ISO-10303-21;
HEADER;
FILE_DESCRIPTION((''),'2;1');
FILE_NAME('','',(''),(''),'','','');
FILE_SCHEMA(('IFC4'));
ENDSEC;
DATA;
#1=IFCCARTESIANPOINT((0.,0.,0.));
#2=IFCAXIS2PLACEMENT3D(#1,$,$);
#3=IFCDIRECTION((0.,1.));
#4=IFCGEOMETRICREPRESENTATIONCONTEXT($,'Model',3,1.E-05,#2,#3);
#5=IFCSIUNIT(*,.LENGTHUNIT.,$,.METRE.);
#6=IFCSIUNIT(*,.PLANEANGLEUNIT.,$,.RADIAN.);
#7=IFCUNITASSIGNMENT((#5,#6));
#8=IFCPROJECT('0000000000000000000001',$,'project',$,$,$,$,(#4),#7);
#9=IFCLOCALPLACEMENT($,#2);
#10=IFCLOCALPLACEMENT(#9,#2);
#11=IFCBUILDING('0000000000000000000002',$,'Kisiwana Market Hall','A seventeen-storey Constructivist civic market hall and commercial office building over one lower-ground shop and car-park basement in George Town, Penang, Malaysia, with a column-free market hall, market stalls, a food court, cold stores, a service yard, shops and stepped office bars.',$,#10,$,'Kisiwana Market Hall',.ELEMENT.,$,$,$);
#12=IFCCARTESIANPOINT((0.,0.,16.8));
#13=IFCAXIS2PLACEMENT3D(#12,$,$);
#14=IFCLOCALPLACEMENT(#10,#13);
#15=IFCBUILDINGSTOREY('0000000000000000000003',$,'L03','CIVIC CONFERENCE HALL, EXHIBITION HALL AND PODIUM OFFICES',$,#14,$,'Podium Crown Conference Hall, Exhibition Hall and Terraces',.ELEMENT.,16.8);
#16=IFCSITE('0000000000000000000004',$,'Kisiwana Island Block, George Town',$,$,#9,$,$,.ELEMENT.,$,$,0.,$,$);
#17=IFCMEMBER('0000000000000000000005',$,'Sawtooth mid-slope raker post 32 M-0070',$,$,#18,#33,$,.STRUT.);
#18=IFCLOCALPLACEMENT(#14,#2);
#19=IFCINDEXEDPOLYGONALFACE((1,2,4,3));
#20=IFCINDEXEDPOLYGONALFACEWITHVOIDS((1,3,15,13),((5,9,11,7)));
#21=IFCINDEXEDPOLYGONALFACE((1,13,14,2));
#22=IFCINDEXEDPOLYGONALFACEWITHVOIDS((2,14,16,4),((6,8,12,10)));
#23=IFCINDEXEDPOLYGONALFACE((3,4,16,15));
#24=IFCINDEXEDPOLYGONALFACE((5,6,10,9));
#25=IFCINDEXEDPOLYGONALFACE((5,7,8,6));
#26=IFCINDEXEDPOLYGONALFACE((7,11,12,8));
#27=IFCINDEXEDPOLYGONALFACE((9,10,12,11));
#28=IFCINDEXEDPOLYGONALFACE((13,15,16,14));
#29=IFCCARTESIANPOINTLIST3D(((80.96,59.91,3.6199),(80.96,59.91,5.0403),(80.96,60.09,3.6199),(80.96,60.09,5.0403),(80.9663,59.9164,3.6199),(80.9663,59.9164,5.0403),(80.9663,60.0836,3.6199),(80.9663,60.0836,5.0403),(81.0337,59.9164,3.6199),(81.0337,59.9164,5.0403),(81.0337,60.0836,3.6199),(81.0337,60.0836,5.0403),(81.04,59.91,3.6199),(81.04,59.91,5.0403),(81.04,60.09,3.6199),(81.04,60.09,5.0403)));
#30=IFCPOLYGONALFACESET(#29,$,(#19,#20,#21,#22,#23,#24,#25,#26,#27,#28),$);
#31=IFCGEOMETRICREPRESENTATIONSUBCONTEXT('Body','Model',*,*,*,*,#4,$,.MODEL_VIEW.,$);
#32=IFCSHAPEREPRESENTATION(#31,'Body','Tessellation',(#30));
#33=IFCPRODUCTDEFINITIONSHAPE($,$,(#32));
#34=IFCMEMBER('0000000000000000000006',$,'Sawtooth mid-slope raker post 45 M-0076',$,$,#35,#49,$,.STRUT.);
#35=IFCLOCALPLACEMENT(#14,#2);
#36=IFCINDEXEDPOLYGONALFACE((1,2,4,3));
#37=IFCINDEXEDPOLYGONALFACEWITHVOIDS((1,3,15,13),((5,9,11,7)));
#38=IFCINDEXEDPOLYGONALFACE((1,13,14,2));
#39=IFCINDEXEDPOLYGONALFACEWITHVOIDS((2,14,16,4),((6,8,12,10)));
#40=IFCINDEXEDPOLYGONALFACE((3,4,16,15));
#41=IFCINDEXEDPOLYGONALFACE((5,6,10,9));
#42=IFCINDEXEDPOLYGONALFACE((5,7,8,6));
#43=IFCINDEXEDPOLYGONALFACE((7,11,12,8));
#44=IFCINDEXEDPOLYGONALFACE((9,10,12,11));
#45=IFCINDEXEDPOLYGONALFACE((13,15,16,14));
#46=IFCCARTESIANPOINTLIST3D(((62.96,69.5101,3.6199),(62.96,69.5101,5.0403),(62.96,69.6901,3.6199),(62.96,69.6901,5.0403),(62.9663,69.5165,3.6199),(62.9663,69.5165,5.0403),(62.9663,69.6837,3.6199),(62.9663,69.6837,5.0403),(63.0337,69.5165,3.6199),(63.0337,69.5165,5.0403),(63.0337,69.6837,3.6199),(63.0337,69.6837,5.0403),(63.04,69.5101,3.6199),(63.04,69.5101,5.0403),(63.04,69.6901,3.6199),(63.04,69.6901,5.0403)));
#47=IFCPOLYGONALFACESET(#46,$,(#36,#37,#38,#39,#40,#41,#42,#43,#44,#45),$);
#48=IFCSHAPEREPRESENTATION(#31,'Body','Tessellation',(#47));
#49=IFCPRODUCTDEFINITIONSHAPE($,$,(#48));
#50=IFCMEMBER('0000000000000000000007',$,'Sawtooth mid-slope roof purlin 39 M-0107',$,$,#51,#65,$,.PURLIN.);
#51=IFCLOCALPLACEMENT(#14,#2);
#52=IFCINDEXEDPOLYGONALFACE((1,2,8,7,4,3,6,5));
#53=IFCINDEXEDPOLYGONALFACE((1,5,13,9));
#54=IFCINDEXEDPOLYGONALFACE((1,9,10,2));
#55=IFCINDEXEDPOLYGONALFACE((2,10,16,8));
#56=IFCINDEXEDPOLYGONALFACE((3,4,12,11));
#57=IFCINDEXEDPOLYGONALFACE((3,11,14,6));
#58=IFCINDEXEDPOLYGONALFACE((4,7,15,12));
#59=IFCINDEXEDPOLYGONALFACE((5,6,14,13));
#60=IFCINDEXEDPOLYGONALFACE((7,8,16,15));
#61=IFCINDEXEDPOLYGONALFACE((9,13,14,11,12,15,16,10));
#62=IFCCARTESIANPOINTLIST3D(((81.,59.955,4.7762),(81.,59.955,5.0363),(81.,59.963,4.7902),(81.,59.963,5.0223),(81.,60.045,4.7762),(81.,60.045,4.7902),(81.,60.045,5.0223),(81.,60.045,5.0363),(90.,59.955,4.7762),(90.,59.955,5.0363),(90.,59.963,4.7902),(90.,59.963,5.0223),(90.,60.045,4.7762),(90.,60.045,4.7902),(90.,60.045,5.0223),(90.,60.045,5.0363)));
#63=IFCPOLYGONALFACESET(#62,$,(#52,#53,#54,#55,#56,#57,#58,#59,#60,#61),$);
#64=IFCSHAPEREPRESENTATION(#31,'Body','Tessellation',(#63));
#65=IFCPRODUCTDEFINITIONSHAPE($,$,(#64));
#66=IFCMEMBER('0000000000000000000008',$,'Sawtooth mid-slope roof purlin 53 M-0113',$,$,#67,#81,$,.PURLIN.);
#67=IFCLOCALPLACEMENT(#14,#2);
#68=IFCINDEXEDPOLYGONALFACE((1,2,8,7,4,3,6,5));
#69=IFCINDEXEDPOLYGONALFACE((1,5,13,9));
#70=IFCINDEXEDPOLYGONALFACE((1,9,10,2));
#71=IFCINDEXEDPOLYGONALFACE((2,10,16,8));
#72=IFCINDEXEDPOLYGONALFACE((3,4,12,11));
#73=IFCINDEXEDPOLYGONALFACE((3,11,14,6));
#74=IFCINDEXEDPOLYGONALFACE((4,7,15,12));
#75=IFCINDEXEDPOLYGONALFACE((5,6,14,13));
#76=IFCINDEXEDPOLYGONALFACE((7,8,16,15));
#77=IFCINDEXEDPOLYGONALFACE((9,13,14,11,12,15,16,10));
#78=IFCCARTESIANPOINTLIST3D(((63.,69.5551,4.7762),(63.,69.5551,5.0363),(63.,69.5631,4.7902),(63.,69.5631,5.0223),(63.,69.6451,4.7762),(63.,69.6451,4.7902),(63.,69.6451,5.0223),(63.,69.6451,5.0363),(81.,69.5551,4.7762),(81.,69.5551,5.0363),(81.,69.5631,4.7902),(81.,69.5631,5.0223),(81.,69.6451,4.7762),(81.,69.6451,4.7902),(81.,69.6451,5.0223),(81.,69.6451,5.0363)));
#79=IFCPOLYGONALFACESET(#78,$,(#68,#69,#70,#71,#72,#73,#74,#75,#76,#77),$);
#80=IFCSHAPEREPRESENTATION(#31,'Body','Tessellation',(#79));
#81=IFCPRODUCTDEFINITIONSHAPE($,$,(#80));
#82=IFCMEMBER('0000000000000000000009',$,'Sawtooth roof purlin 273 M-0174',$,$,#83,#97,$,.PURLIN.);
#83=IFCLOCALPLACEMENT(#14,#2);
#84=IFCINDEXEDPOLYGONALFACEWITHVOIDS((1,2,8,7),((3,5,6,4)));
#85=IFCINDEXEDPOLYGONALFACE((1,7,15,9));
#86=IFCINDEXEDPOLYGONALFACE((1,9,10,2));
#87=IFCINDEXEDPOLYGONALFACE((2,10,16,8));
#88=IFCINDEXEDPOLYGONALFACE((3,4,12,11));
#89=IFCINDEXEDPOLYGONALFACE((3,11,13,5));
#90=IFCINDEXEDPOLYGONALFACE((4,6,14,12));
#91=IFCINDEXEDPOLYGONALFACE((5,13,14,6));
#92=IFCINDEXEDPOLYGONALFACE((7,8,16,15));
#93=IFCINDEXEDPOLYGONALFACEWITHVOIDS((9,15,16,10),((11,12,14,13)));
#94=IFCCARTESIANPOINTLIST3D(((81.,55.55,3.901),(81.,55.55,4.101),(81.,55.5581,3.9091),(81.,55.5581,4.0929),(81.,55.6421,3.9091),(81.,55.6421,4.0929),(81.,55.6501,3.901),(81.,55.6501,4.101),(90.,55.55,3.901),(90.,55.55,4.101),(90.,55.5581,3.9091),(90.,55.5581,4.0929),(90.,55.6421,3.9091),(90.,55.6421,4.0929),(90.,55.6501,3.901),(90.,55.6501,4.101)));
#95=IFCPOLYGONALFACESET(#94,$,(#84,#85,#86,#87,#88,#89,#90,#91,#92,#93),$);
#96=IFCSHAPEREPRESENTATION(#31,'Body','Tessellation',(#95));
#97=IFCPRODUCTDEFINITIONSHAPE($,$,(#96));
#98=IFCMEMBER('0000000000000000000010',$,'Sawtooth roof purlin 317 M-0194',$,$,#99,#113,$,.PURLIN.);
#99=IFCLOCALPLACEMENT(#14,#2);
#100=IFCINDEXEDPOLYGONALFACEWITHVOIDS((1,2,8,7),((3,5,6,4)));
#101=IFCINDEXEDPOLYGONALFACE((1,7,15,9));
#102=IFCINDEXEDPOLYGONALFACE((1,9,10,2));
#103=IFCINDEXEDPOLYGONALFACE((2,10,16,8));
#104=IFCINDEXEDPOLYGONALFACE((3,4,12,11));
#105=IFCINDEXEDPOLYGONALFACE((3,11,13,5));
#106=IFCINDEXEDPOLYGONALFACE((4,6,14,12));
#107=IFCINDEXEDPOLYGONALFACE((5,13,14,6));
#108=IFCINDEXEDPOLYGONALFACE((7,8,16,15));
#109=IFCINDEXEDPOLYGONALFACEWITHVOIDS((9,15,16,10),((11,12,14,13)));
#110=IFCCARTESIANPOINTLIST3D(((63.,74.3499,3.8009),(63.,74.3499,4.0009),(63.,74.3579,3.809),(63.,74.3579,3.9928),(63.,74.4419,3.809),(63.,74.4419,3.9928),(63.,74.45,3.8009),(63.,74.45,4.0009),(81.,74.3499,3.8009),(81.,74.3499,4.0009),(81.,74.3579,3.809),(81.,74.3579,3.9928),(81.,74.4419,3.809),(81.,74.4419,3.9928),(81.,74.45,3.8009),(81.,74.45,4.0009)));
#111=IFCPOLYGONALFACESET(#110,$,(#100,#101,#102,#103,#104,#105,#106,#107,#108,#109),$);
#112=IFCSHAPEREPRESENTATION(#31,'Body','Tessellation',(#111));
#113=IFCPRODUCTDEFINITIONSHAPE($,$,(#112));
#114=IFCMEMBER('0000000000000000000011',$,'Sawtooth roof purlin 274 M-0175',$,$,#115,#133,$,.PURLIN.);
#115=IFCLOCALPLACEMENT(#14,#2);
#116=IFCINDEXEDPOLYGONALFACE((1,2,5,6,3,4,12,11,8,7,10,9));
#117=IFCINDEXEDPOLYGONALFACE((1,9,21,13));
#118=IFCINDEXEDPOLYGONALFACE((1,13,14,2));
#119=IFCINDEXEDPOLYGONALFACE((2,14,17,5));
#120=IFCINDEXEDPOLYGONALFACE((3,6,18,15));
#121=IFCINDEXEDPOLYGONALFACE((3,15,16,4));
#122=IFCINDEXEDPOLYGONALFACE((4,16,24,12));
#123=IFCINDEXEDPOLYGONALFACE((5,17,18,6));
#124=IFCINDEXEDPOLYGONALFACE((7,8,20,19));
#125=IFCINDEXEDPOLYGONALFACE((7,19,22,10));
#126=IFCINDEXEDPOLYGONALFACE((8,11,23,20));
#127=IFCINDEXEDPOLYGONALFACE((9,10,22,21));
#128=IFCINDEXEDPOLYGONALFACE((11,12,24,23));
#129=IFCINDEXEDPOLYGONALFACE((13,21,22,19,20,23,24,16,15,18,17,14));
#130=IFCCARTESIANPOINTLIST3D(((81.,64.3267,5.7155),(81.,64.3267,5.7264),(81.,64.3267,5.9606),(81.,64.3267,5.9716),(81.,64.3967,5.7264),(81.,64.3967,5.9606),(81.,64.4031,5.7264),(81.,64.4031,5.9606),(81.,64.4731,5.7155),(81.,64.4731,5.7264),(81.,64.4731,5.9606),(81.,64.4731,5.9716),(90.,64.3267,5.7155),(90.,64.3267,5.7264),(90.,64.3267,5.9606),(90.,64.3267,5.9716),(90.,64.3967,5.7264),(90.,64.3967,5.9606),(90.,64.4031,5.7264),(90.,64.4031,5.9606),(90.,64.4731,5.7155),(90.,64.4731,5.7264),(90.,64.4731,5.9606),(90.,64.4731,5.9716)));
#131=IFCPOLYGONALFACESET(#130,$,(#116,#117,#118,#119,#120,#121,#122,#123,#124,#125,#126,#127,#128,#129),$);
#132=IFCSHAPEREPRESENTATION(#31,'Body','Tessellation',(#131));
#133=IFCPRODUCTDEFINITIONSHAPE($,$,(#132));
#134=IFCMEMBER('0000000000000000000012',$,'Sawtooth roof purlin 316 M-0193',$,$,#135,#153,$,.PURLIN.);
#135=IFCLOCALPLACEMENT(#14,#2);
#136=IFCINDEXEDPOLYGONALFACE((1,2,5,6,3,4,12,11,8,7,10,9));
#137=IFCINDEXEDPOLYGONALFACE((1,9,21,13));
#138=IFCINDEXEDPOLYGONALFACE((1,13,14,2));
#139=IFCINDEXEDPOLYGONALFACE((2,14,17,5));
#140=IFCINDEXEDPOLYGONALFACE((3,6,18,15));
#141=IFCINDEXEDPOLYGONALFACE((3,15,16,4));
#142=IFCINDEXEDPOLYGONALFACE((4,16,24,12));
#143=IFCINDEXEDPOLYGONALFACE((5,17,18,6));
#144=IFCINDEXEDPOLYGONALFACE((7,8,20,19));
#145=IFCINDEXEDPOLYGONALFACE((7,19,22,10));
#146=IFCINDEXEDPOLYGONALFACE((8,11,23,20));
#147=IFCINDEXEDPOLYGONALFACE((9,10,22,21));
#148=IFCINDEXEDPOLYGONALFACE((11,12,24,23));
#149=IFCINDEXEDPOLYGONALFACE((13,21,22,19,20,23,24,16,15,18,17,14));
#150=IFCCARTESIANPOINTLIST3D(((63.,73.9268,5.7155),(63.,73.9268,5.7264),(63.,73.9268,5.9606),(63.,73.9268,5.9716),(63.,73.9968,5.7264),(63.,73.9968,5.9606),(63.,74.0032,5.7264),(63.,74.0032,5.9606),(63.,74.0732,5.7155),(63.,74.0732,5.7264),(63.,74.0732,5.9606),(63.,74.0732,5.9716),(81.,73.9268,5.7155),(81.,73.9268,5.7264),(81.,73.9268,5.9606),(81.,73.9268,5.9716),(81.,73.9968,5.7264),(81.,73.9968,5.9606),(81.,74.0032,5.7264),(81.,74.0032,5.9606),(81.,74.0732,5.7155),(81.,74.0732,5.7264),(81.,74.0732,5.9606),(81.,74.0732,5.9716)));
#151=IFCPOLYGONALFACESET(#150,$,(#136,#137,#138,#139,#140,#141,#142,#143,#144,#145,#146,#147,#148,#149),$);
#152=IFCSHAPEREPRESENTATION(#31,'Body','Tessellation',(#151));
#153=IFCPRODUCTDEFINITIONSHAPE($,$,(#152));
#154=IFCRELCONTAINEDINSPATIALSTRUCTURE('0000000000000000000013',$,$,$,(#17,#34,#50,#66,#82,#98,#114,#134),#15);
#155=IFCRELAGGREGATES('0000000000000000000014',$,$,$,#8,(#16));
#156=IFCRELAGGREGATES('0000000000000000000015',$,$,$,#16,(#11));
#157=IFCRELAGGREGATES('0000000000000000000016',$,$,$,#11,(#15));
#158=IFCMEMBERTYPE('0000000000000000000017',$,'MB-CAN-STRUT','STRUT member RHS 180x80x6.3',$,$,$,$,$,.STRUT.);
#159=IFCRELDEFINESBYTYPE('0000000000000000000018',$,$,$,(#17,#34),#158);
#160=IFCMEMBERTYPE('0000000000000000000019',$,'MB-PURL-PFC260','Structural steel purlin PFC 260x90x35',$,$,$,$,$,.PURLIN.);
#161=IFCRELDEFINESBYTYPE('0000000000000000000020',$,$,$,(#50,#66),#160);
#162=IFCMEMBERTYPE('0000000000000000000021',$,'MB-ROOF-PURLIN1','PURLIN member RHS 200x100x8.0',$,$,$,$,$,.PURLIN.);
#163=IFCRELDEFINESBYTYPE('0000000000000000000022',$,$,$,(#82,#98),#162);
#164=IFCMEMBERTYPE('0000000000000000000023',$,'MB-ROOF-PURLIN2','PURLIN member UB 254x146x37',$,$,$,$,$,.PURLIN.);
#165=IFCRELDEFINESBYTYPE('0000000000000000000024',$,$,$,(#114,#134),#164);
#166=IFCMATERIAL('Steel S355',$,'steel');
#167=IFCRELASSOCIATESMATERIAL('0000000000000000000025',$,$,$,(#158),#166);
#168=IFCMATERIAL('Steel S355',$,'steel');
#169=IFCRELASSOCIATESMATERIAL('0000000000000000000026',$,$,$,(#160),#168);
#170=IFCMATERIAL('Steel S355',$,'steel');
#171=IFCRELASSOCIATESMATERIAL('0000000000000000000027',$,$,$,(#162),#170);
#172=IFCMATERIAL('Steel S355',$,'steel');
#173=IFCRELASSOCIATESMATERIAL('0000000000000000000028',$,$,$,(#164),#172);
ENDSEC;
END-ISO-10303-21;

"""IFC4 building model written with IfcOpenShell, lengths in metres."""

from ifc_helpers import new_model, si_unit, direction, frame, origin, origin_2d, place, context, subcontext, project, spatial, hollow_rectangle, i_section, u_section, extrude, material, material_profile, profile_set, type_object, element, save


model = new_model("IFC4")

# Units and contexts
model_context = context("Model", 3, precision=1e-05, world=origin(), true_north=direction((0.0, 1.0)))
body_context = subcontext(model_context, "Body", "Model", "MODEL_VIEW")
ifc_project = project(units=[si_unit("LENGTHUNIT", "METRE"), si_unit("PLANEANGLEUNIT", "RADIAN")], contexts=[model_context])

# Site, building, storey
site_placement = place(None, origin())
site = spatial("IfcSite", under=ifc_project, at=site_placement, Name="Kisiwana Island Block, George Town", CompositionType="ELEMENT", RefElevation=0.0)
building_placement = place(site_placement, origin())
building = spatial("IfcBuilding", under=site, at=building_placement, Name="Kisiwana Market Hall", Description="A seventeen-storey Constructivist civic market hall and commercial office building over one lower-ground shop and car-park basement in George Town, Penang, Malaysia, with a column-free market hall, market stalls, a food court, cold stores, a service yard, shops and stepped office bars.", LongName="Kisiwana Market Hall", CompositionType="ELEMENT")
storey_placement = place(building_placement, frame((0.0, 0.0, 16.8)))
storey = spatial("IfcBuildingStorey", under=building, at=storey_placement, Name="L03", Description="CIVIC CONFERENCE HALL, EXHIBITION HALL AND PODIUM OFFICES", LongName="Podium Crown Conference Hall, Exhibition Hall and Terraces", CompositionType="ELEMENT", Elevation=16.8)

# Members
ifc_material_1 = material(Name="Steel S355", Category="steel")
ifc_material_profile_1 = material_profile(ifc_material_1, hollow_rectangle(XDim=0.0801, YDim=0.1799, WallThickness=0.0063, at=origin_2d()), Name="RHS 180x80x6.3")
ifc_profile_set_1 = profile_set([ifc_material_profile_1], Name="Steel S355")
member_type_1 = type_object("IfcMemberType", Name="MB-CAN-STRUT", Description="STRUT member RHS 180x80x6.3", PredefinedType="STRUT", material=ifc_profile_set_1)
for number, where, z_axis, x_axis, name in (
    (1, (81.0, 60.0, 3.6199), (0.0, 0.0, 1.0), (1.0, 0.0, 0.0), "Sawtooth mid-slope raker post 32 M-0070"),
    (2, (63.0, 69.6001, 3.6199), (0.0, 0.0, 1.0), (1.0, 0.0, 0.0), "Sawtooth mid-slope raker post 45 M-0076"),
):
    element("IfcMember", number, at=place(storey_placement, frame(where, z_axis=z_axis, x_axis=x_axis)), inside=storey, type_object=member_type_1, Name=name, PredefinedType="STRUT", context=body_context, shape_type="SweptSolid", body=[
        extrude(hollow_rectangle(XDim=0.0801, YDim=0.1799, WallThickness=0.0063, at=origin_2d()), origin(), (0.0, 0.0, 1.0), 1.4204),
    ])
ifc_material_2 = material(Name="Steel S355", Category="steel")
ifc_material_profile_2 = material_profile(ifc_material_2, u_section(Depth=0.26, FlangeWidth=0.0901, WebThickness=0.0081, FlangeThickness=0.0139, at=origin_2d()), Name="PFC 260x90x35")
ifc_profile_set_2 = profile_set([ifc_material_profile_2], Name="Steel S355")
member_type_2 = type_object("IfcMemberType", Name="MB-PURL-PFC260", Description="Structural steel purlin PFC 260x90x35", PredefinedType="PURLIN", material=ifc_profile_set_2)
member_1_placement = place(storey_placement, frame((81.0, 60.0, 4.9062), z_axis=(1.0, 0.0, 0.0), x_axis=(0.0, 1.0, 0.0)))
element("IfcMember", 3, at=member_1_placement, inside=storey, type_object=member_type_2, Name="Sawtooth mid-slope roof purlin 39 M-0107", PredefinedType="PURLIN", context=body_context, shape_type="SweptSolid", body=[
    extrude(u_section(Depth=0.26, FlangeWidth=0.0901, WebThickness=0.0081, FlangeThickness=0.0139, at=origin_2d()), origin(), (0.0, 0.0, 1.0), 9.0),
])
member_2_placement = place(storey_placement, frame((63.0, 69.6001, 4.9062), z_axis=(1.0, 0.0, 0.0), x_axis=(0.0, 1.0, 0.0)))
element("IfcMember", 4, at=member_2_placement, inside=storey, type_object=member_type_2, Name="Sawtooth mid-slope roof purlin 53 M-0113", PredefinedType="PURLIN", context=body_context, shape_type="SweptSolid", body=[
    extrude(u_section(Depth=0.26, FlangeWidth=0.0901, WebThickness=0.0081, FlangeThickness=0.0139, at=origin_2d()), origin(), (0.0, 0.0, 1.0), 18.0),
])
ifc_material_3 = material(Name="Steel S355", Category="steel")
ifc_material_profile_3 = material_profile(ifc_material_3, hollow_rectangle(XDim=0.1001, YDim=0.2, WallThickness=0.0081, at=origin_2d()), Name="RHS 200x100x8.0")
ifc_profile_set_3 = profile_set([ifc_material_profile_3], Name="Steel S355")
member_type_3 = type_object("IfcMemberType", Name="MB-ROOF-PURLIN1", Description="PURLIN member RHS 200x100x8.0", PredefinedType="PURLIN", material=ifc_profile_set_3)
member_3_placement = place(storey_placement, frame((81.0, 55.6001, 4.001), z_axis=(1.0, 0.0, 0.0), x_axis=(0.0, 1.0, 0.0)))
element("IfcMember", 5, at=member_3_placement, inside=storey, type_object=member_type_3, Name="Sawtooth roof purlin 273 M-0174", PredefinedType="PURLIN", context=body_context, shape_type="SweptSolid", body=[
    extrude(hollow_rectangle(XDim=0.1001, YDim=0.2, WallThickness=0.0081, at=origin_2d()), origin(), (0.0, 0.0, 1.0), 9.0),
])
member_4_placement = place(storey_placement, frame((63.0, 74.3999, 3.9009), z_axis=(1.0, 0.0, 0.0), x_axis=(0.0, 1.0, 0.0)))
element("IfcMember", 6, at=member_4_placement, inside=storey, type_object=member_type_3, Name="Sawtooth roof purlin 317 M-0194", PredefinedType="PURLIN", context=body_context, shape_type="SweptSolid", body=[
    extrude(hollow_rectangle(XDim=0.1001, YDim=0.2, WallThickness=0.0081, at=origin_2d()), origin(), (0.0, 0.0, 1.0), 18.0),
])
ifc_material_4 = material(Name="Steel S355", Category="steel")
ifc_material_profile_4 = material_profile(ifc_material_4, i_section(OverallWidth=0.1465, OverallDepth=0.2561, WebThickness=0.0063, FlangeThickness=0.011, at=origin_2d()), Name="UB 254x146x37")
ifc_profile_set_4 = profile_set([ifc_material_profile_4], Name="Steel S355")
member_type_4 = type_object("IfcMemberType", Name="MB-ROOF-PURLIN2", Description="PURLIN member UB 254x146x37", PredefinedType="PURLIN", material=ifc_profile_set_4)
member_5_placement = place(storey_placement, frame((81.0, 64.3999, 5.8435), z_axis=(1.0, 0.0, 0.0), x_axis=(0.0, 1.0, 0.0)))
element("IfcMember", 7, at=member_5_placement, inside=storey, type_object=member_type_4, Name="Sawtooth roof purlin 274 M-0175", PredefinedType="PURLIN", context=body_context, shape_type="SweptSolid", body=[
    extrude(i_section(OverallWidth=0.1465, OverallDepth=0.2561, WebThickness=0.0063, FlangeThickness=0.011, at=origin_2d()), origin(), (0.0, 0.0, 1.0), 9.0),
])
member_6_placement = place(storey_placement, frame((63.0, 74.0, 5.8435), z_axis=(1.0, 0.0, 0.0), x_axis=(0.0, 1.0, 0.0)))
element("IfcMember", 8, at=member_6_placement, inside=storey, type_object=member_type_4, Name="Sawtooth roof purlin 316 M-0193", PredefinedType="PURLIN", context=body_context, shape_type="SweptSolid", body=[
    extrude(i_section(OverallWidth=0.1465, OverallDepth=0.2561, WebThickness=0.0063, FlangeThickness=0.011, at=origin_2d()), origin(), (0.0, 0.0, 1.0), 18.0),
])

save(model, "model.ifc")
